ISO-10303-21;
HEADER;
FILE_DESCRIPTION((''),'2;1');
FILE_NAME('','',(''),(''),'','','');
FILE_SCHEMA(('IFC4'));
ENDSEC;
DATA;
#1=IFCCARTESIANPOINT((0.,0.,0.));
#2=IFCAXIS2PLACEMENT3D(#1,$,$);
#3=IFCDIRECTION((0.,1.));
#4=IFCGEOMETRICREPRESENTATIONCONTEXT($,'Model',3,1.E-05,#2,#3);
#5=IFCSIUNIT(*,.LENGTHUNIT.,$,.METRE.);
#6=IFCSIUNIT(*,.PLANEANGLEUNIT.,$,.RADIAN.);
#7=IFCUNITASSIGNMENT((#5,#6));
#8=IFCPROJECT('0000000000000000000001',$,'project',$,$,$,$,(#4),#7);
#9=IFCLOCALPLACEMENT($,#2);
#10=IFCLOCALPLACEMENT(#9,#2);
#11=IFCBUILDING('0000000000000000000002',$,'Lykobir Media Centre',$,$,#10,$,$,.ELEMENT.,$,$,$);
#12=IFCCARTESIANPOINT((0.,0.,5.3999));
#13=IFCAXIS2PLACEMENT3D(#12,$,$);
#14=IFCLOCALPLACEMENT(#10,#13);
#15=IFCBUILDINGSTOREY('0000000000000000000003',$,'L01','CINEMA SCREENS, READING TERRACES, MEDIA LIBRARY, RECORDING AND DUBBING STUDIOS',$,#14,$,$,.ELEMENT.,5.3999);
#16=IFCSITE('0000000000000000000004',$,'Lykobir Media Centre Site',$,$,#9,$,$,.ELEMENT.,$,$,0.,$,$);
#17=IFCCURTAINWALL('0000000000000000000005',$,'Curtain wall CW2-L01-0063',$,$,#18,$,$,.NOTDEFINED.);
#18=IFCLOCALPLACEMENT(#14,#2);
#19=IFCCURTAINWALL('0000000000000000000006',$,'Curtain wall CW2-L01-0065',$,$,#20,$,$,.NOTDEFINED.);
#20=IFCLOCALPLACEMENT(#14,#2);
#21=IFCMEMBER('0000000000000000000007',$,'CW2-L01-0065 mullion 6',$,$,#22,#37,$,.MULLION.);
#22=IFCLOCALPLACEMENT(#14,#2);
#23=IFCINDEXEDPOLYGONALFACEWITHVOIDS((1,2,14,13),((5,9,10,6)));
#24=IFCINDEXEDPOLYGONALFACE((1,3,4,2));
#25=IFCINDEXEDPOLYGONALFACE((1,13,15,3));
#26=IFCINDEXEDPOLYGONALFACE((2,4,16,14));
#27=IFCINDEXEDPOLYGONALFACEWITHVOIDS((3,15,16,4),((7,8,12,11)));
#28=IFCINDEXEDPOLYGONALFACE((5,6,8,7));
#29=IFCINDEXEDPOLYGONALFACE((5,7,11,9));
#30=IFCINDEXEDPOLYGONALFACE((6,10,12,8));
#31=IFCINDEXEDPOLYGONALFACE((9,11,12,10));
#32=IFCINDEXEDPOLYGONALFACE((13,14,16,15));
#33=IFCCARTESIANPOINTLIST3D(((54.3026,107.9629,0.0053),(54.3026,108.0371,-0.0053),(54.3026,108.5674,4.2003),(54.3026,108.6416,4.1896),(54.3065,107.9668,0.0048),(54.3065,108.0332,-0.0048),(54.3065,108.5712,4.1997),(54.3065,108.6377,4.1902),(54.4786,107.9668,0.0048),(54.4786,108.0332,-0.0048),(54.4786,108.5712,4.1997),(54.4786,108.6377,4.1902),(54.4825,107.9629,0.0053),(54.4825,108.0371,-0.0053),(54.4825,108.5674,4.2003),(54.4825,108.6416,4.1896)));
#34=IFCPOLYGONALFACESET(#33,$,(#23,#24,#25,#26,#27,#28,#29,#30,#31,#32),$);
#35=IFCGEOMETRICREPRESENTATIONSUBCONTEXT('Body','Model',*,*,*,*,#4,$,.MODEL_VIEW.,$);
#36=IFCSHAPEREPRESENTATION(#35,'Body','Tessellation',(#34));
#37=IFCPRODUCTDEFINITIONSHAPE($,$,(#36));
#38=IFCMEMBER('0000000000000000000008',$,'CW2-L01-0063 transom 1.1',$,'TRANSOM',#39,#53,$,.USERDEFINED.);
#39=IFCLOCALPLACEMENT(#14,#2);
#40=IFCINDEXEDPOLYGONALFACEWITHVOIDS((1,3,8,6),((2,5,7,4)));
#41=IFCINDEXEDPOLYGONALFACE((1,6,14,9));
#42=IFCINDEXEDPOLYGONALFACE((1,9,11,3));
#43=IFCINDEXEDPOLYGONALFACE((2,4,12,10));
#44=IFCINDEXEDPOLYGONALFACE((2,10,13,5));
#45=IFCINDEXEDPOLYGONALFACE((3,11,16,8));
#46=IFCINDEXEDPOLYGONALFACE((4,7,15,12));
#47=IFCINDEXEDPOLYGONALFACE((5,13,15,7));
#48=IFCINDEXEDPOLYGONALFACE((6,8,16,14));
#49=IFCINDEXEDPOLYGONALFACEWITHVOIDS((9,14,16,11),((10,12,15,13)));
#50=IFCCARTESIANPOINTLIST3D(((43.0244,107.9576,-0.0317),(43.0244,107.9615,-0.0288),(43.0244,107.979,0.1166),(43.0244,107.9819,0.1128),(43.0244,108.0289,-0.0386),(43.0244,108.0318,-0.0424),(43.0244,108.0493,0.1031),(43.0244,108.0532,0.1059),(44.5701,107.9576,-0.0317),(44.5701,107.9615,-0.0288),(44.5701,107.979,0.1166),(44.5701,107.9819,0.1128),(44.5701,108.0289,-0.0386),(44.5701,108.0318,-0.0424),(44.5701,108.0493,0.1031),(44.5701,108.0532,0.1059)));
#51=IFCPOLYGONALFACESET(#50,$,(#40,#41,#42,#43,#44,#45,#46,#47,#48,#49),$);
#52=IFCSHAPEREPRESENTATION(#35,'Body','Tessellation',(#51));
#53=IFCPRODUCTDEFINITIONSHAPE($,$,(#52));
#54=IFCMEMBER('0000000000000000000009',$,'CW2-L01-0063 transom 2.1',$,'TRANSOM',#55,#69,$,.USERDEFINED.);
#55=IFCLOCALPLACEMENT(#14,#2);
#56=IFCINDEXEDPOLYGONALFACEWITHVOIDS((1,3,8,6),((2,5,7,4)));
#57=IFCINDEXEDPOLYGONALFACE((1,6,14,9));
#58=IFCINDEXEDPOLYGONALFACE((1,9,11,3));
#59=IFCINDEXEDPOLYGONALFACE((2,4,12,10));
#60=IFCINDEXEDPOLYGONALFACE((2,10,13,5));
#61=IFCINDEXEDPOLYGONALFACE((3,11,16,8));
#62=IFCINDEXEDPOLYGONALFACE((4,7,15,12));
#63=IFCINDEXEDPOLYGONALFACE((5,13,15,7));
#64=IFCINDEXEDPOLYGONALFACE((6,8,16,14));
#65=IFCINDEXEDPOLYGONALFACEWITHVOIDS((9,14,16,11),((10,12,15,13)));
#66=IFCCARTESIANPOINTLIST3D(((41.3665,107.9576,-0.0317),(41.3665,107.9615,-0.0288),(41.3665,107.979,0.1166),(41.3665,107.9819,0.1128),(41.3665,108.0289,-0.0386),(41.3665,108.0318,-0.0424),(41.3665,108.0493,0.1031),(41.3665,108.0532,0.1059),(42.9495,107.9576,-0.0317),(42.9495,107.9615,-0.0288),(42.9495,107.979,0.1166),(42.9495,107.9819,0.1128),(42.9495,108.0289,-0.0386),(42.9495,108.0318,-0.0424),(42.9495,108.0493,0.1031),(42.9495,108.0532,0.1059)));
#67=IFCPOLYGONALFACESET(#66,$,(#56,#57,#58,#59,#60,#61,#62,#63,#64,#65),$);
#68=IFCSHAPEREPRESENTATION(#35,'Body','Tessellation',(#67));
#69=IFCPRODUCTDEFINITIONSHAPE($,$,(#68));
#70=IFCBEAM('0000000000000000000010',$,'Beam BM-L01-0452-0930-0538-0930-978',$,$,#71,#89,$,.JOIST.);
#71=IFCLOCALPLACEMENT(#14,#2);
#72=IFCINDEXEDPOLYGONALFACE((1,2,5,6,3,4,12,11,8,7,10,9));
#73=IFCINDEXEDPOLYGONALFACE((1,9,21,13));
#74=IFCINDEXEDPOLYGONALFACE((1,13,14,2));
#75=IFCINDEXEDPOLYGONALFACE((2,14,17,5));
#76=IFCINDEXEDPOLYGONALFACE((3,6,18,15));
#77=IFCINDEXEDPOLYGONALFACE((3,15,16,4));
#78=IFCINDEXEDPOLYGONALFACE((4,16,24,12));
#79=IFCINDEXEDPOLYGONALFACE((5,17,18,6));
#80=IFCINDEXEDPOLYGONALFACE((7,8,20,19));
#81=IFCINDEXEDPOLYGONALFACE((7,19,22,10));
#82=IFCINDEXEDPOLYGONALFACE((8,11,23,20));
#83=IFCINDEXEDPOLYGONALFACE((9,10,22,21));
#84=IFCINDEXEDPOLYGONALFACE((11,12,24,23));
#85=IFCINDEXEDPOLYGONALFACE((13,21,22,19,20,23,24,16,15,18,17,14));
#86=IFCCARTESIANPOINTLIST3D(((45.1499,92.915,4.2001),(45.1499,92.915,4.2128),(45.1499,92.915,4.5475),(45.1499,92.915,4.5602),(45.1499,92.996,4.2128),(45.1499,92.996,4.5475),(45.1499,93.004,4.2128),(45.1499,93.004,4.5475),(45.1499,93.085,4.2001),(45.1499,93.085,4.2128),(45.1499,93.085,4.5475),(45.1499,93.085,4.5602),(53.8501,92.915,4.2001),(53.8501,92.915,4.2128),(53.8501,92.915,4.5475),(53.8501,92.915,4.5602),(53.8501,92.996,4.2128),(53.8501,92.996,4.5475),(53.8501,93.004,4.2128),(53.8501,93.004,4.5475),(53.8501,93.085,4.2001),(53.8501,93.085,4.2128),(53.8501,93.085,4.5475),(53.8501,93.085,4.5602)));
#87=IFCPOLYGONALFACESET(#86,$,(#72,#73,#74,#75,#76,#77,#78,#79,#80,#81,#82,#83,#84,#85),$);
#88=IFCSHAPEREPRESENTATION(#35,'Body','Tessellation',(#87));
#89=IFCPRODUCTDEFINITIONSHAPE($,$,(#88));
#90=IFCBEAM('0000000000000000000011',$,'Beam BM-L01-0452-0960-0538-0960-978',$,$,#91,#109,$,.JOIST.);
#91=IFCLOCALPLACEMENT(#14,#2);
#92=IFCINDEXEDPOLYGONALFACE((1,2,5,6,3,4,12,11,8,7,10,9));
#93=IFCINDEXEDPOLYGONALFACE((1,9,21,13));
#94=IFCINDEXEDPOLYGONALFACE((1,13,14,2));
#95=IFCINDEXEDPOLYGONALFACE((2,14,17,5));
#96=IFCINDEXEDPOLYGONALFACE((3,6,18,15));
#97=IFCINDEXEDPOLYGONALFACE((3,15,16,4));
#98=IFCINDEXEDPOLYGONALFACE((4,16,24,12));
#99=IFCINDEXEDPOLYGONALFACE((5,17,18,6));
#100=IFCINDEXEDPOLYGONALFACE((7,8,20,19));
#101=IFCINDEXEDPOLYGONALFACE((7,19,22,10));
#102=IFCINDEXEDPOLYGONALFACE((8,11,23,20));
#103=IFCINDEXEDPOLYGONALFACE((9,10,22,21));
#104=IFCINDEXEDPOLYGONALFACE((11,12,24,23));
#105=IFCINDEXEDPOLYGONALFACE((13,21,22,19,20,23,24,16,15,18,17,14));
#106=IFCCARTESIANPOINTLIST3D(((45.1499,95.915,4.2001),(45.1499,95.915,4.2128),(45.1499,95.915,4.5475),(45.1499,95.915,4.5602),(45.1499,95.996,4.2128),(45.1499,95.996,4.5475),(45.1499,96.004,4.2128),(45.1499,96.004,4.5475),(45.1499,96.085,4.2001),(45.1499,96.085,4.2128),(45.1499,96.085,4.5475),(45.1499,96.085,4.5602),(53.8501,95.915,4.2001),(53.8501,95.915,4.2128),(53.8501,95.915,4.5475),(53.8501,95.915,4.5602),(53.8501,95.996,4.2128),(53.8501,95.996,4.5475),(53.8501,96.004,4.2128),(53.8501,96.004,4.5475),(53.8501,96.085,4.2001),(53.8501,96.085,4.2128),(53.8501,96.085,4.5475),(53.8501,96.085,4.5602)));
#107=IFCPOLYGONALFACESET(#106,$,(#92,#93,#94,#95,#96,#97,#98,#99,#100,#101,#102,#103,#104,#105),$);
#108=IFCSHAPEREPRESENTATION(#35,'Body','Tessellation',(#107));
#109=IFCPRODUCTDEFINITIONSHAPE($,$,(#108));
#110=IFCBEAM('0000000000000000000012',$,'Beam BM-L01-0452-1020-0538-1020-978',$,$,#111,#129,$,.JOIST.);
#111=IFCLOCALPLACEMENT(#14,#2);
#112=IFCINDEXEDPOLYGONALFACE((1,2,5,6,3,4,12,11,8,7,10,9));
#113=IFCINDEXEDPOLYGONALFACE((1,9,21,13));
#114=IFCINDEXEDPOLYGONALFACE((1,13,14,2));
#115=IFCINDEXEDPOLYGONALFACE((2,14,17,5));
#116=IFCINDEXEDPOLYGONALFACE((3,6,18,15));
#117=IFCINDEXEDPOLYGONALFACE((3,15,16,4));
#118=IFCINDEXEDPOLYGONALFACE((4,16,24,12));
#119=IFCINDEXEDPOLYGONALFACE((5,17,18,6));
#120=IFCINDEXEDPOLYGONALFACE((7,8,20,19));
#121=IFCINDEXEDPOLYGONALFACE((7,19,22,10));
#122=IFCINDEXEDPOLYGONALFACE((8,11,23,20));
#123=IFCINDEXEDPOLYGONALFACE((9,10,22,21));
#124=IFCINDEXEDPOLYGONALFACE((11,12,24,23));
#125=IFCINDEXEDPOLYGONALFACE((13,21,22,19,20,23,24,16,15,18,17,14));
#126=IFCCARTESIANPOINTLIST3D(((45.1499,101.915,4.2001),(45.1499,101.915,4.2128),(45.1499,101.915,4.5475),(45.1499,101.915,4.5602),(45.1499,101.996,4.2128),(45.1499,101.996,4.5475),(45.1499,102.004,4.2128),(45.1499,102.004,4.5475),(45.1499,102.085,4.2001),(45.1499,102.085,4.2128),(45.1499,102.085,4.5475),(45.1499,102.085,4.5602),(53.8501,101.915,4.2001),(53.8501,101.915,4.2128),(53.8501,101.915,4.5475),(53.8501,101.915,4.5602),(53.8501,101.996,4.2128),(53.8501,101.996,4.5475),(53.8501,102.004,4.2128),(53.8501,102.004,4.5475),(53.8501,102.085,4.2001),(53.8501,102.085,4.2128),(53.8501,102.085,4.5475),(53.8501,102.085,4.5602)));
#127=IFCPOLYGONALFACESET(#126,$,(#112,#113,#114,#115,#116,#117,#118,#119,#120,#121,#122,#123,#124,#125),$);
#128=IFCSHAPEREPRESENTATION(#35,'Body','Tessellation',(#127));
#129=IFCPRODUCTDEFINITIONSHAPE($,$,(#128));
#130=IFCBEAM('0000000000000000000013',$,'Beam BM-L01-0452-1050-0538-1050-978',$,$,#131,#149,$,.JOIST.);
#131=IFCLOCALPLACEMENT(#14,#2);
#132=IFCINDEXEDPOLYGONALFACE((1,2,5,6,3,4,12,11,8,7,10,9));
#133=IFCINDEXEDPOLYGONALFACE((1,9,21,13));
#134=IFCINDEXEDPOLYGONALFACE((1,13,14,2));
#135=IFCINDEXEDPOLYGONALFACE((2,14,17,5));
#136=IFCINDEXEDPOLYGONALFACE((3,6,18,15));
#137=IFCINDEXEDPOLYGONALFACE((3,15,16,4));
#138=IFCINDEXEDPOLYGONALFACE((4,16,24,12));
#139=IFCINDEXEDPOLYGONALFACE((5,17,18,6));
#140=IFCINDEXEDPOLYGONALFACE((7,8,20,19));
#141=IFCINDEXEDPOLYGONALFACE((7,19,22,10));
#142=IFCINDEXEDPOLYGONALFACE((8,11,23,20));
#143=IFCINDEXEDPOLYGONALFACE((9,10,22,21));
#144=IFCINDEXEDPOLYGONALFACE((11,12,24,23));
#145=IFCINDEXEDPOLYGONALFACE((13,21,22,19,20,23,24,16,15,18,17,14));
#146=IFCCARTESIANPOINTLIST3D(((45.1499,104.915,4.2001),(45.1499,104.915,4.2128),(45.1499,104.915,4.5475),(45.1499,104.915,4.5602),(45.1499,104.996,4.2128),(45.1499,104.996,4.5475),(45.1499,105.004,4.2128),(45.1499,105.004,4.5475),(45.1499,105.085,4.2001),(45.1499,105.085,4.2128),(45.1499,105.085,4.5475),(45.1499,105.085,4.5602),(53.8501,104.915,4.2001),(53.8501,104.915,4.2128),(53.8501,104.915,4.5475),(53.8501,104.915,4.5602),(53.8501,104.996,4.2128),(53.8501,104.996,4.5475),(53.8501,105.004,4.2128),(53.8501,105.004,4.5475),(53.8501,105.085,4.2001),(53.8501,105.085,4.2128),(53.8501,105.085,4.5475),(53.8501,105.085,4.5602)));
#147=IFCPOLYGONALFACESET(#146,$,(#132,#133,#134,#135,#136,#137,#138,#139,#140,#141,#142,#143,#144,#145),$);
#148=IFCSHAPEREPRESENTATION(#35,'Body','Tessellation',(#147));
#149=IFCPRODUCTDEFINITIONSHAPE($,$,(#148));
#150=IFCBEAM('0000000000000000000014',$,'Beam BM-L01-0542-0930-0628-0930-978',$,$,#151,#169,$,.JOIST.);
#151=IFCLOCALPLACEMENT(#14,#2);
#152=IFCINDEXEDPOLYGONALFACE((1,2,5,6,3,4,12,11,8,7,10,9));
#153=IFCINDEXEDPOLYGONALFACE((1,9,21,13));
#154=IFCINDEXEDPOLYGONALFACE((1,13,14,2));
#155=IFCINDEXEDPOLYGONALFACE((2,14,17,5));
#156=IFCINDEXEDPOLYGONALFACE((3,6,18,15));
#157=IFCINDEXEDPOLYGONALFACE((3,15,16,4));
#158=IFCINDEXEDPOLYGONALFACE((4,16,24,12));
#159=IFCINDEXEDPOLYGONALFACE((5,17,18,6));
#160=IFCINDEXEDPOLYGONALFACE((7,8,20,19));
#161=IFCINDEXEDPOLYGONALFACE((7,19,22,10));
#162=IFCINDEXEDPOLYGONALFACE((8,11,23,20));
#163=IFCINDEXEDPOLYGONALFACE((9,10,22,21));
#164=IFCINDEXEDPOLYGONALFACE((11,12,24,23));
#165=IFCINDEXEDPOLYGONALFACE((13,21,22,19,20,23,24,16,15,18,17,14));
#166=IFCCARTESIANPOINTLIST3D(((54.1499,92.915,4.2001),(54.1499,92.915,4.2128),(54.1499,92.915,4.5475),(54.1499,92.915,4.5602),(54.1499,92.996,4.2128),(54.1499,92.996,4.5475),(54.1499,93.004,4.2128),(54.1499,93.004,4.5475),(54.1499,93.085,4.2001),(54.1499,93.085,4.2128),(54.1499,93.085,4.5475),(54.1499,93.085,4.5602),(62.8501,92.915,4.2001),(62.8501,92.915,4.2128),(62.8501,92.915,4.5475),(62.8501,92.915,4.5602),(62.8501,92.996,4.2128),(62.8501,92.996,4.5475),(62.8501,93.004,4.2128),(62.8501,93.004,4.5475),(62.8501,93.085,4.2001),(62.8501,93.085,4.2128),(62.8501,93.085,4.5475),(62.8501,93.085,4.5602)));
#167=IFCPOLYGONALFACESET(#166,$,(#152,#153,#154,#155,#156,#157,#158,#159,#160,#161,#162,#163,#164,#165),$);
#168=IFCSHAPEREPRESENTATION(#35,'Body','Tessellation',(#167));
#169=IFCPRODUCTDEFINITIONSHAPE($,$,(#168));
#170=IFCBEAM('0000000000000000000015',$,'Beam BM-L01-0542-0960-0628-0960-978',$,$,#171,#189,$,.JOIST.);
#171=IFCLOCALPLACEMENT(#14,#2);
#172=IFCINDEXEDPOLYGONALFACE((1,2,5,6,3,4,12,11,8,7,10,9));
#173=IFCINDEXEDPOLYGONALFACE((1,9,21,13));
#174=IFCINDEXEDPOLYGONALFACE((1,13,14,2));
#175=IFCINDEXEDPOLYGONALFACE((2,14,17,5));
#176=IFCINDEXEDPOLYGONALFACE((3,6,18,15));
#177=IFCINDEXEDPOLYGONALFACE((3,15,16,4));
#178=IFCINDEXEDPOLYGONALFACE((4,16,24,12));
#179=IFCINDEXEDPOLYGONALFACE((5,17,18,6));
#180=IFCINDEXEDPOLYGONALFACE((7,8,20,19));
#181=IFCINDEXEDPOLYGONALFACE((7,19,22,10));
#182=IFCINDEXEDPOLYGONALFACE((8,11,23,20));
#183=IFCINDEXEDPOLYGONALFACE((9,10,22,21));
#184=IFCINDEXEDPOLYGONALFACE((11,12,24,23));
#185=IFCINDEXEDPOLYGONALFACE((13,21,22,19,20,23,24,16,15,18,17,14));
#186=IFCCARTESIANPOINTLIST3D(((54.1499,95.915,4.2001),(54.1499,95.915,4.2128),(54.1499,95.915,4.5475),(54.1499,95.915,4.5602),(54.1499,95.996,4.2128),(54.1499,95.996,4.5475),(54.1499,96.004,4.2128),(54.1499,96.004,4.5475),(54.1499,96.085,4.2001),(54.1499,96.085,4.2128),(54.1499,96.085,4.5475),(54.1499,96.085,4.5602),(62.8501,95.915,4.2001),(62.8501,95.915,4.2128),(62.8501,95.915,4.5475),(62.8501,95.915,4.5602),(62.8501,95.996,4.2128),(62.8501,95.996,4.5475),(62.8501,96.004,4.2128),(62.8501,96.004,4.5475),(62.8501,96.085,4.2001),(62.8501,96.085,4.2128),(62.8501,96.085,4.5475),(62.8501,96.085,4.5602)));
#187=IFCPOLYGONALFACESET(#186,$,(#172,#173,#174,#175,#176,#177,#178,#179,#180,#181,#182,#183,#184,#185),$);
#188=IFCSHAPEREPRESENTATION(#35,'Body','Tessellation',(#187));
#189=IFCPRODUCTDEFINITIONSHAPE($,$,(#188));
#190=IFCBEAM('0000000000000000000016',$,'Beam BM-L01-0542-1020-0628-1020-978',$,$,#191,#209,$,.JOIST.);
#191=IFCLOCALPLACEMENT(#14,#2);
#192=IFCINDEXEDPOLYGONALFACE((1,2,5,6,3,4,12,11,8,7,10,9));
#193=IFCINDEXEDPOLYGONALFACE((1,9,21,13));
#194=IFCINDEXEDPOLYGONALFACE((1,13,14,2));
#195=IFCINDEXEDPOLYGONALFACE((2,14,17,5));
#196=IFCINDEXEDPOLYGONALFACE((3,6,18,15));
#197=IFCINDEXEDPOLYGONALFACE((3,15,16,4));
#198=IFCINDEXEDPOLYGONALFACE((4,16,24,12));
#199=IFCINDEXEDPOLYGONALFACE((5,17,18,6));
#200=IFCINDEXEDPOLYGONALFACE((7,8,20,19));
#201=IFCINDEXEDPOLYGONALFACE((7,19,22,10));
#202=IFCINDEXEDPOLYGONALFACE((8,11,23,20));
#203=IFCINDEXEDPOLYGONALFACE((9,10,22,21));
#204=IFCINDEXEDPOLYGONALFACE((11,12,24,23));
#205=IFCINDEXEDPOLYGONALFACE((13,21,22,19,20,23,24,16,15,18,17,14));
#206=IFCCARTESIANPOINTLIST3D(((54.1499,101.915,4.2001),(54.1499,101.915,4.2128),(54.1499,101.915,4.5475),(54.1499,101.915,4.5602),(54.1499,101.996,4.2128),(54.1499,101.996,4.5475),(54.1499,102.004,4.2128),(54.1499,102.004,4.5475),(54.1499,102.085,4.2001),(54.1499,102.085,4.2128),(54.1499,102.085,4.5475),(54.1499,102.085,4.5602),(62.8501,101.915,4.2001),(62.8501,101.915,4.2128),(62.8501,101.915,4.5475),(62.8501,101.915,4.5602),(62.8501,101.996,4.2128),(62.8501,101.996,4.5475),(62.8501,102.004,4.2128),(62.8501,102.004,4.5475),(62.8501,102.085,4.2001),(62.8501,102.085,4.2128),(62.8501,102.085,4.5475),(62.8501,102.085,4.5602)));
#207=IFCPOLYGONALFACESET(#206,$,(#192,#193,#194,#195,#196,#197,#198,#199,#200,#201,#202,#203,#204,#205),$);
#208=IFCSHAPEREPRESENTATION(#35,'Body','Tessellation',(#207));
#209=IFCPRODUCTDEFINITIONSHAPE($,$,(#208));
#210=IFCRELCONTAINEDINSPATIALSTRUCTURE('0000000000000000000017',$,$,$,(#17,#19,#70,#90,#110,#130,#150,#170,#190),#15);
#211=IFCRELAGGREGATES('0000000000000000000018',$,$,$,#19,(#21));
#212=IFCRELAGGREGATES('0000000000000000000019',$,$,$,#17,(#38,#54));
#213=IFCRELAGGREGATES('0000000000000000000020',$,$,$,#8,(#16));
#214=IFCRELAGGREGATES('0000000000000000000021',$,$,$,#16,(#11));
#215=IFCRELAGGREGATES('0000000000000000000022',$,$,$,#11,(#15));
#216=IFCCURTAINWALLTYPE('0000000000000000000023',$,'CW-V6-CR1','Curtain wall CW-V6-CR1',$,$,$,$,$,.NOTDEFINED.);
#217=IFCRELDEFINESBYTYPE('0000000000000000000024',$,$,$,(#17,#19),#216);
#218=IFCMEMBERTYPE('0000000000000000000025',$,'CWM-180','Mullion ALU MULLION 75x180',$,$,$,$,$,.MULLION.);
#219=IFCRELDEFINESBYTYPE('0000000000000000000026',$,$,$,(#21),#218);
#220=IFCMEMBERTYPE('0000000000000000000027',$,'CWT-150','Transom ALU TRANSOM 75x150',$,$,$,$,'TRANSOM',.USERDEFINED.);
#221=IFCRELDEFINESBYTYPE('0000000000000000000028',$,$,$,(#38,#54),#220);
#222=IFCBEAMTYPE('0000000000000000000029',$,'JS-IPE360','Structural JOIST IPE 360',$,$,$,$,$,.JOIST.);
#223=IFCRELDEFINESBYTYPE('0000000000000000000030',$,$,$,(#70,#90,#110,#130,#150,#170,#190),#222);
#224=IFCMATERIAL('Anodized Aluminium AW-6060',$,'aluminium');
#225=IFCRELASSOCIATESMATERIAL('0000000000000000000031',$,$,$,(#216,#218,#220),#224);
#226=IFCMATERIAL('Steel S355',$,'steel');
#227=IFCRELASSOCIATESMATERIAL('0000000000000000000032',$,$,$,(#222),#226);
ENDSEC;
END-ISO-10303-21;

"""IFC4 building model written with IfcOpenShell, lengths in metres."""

from ifc_helpers import new_model, si_unit, direction, frame, origin, origin_2d, place, context, subcontext, project, spatial, hollow_rectangle, i_section, extrude, material, material_profile, profile_set, type_object, element, aggregate, save


model = new_model("IFC4")

# Units and contexts
model_context = context("Model", 3, precision=1e-05, world=origin(), true_north=direction((0.0, 1.0)))
body_context = subcontext(model_context, "Body", "Model", "MODEL_VIEW")
ifc_project = project(units=[si_unit("LENGTHUNIT", "METRE"), si_unit("PLANEANGLEUNIT", "RADIAN")], contexts=[model_context])

# Site, building, storey
site_placement = place(None, origin())
site = spatial("IfcSite", under=ifc_project, at=site_placement, Name="Lykobir Media Centre Site", CompositionType="ELEMENT", RefElevation=0.0)
building_placement = place(site_placement, origin())
building = spatial("IfcBuilding", under=site, at=building_placement, Name="Lykobir Media Centre", CompositionType="ELEMENT")
storey_placement = place(building_placement, frame((0.0, 0.0, 5.3999)))
storey = spatial("IfcBuildingStorey", under=building, at=storey_placement, Name="L01", Description="CINEMA SCREENS, READING TERRACES, MEDIA LIBRARY, RECORDING AND DUBBING STUDIOS", CompositionType="ELEMENT", Elevation=5.3999)

# Shared definitions
ifc_material_1 = material(Name="Steel S355", Category="steel")

# Curtain walls, member
ifc_material_2 = material(Name="Anodized Aluminium AW-6060", Category="aluminium")
curtain_wall_type = type_object("IfcCurtainWallType", Name="CW-V6-CR1", Description="Curtain wall CW-V6-CR1", PredefinedType="NOTDEFINED", material=ifc_material_2)
curtain_wall_1_placement = place(storey_placement, origin())
curtain_wall_1 = element("IfcCurtainWall", 1, at=curtain_wall_1_placement, inside=storey, type_object=curtain_wall_type, Name="Curtain wall CW2-L01-0063", PredefinedType="NOTDEFINED")
ifc_material_profile_1 = material_profile(ifc_material_2, hollow_rectangle(XDim=0.075, YDim=0.1799, WallThickness=0.0039, at=origin_2d()), Name="ALU MULLION 75x180")
ifc_profile_set_1 = profile_set([ifc_material_profile_1], Name="Anodized Aluminium AW-6060")
member_type_1 = type_object("IfcMemberType", Name="CWM-180", Description="Mullion ALU MULLION 75x180", PredefinedType="MULLION", material=ifc_profile_set_1)
curtain_wall_2_placement = place(storey_placement, origin())
curtain_wall_2 = element("IfcCurtainWall", 2, at=curtain_wall_2_placement, inside=storey, type_object=curtain_wall_type, Name="Curtain wall CW2-L01-0065", PredefinedType="NOTDEFINED")
member_1_placement = place(storey_placement, frame((54.3926, 108.0, 0.0), z_axis=(0.0, 0.142623, 0.989777), x_axis=(0.0, 0.989777, -0.142623)))
member_1 = element("IfcMember", 3, at=member_1_placement, type_object=member_type_1, Name="CW2-L01-0065 mullion 6", PredefinedType="MULLION", context=body_context, shape_type="SweptSolid", body=[
    extrude(hollow_rectangle(XDim=0.075, YDim=0.1799, WallThickness=0.0039, at=origin_2d()), origin(), (0.0, 0.0, 1.0), 4.2383),
])
aggregate(curtain_wall_2, [member_1])

# Members
ifc_material_profile_2 = material_profile(ifc_material_2, hollow_rectangle(XDim=0.075, YDim=0.1499, WallThickness=0.0034, at=origin_2d()), Name="ALU TRANSOM 75x150")
ifc_profile_set_2 = profile_set([ifc_material_profile_2], Name="Anodized Aluminium AW-6060")
member_type_2 = type_object("IfcMemberType", Name="CWT-150", Description="Transom ALU TRANSOM 75x150", ElementType="TRANSOM", PredefinedType="USERDEFINED", material=ifc_profile_set_2)
member_2_placement = place(storey_placement, frame((44.5701, 108.0054, 0.0371), z_axis=(-1.0, 0.0, 0.0), x_axis=(0.0, -0.989776, 0.142629)))
member_2 = element("IfcMember", 4, at=member_2_placement, type_object=member_type_2, Name="CW2-L01-0063 transom 1.1", ObjectType="TRANSOM", PredefinedType="USERDEFINED", context=body_context, shape_type="SweptSolid", body=[
    extrude(hollow_rectangle(XDim=0.075, YDim=0.1499, WallThickness=0.0034, at=origin_2d()), origin(), (0.0, 0.0, 1.0), 1.5457),
])
member_3_placement = place(storey_placement, frame((42.9495, 108.0054, 0.0371), z_axis=(-1.0, 0.0, 0.0), x_axis=(0.0, -0.989776, 0.142629)))
member_3 = element("IfcMember", 5, at=member_3_placement, type_object=member_type_2, Name="CW2-L01-0063 transom 2.1", ObjectType="TRANSOM", PredefinedType="USERDEFINED", context=body_context, shape_type="SweptSolid", body=[
    extrude(hollow_rectangle(XDim=0.075, YDim=0.1499, WallThickness=0.0034, at=origin_2d()), origin(), (0.0, 0.0, 1.0), 1.583),
])
aggregate(curtain_wall_1, [member_2, member_3])

# Beams
ifc_material_profile_3 = material_profile(ifc_material_1, i_section(OverallWidth=0.1699, OverallDepth=0.3601, WebThickness=0.0081, FlangeThickness=0.0127, at=origin_2d()), Name="IPE 360")
ifc_profile_set_3 = profile_set([ifc_material_profile_3], Name="Steel S355")
beam_type_1 = type_object("IfcBeamType", Name="JS-IPE360", Description="Structural JOIST IPE 360", PredefinedType="JOIST", material=ifc_profile_set_3)
for number, where, z_axis, x_axis, name in (
    (6, (45.1499, 93.0, 4.3801), (1.0, 0.0, 0.0), (0.0, 1.0, 0.0), "Beam BM-L01-0452-0930-0538-0930-978"),
    (7, (45.1499, 96.0, 4.3801), (1.0, 0.0, 0.0), (0.0, 1.0, 0.0), "Beam BM-L01-0452-0960-0538-0960-978"),
    (8, (45.1499, 102.0, 4.3801), (1.0, 0.0, 0.0), (0.0, 1.0, 0.0), "Beam BM-L01-0452-1020-0538-1020-978"),
    (9, (45.1499, 105.0, 4.3801), (1.0, 0.0, 0.0), (0.0, 1.0, 0.0), "Beam BM-L01-0452-1050-0538-1050-978"),
    (10, (54.1499, 93.0, 4.3801), (1.0, 0.0, 0.0), (0.0, 1.0, 0.0), "Beam BM-L01-0542-0930-0628-0930-978"),
    (11, (54.1499, 96.0, 4.3801), (1.0, 0.0, 0.0), (0.0, 1.0, 0.0), "Beam BM-L01-0542-0960-0628-0960-978"),
    (12, (54.1499, 102.0, 4.3801), (1.0, 0.0, 0.0), (0.0, 1.0, 0.0), "Beam BM-L01-0542-1020-0628-1020-978"),
):
    element("IfcBeam", number, at=place(storey_placement, frame(where, z_axis=z_axis, x_axis=x_axis)), inside=storey, type_object=beam_type_1, Name=name, PredefinedType="JOIST", context=body_context, shape_type="SweptSolid", body=[
        extrude(i_section(OverallWidth=0.1699, OverallDepth=0.3601, WebThickness=0.0081, FlangeThickness=0.0127, at=origin_2d()), origin(), (0.0, 0.0, 1.0), 8.7002),
    ])

save(model, "model.ifc")
